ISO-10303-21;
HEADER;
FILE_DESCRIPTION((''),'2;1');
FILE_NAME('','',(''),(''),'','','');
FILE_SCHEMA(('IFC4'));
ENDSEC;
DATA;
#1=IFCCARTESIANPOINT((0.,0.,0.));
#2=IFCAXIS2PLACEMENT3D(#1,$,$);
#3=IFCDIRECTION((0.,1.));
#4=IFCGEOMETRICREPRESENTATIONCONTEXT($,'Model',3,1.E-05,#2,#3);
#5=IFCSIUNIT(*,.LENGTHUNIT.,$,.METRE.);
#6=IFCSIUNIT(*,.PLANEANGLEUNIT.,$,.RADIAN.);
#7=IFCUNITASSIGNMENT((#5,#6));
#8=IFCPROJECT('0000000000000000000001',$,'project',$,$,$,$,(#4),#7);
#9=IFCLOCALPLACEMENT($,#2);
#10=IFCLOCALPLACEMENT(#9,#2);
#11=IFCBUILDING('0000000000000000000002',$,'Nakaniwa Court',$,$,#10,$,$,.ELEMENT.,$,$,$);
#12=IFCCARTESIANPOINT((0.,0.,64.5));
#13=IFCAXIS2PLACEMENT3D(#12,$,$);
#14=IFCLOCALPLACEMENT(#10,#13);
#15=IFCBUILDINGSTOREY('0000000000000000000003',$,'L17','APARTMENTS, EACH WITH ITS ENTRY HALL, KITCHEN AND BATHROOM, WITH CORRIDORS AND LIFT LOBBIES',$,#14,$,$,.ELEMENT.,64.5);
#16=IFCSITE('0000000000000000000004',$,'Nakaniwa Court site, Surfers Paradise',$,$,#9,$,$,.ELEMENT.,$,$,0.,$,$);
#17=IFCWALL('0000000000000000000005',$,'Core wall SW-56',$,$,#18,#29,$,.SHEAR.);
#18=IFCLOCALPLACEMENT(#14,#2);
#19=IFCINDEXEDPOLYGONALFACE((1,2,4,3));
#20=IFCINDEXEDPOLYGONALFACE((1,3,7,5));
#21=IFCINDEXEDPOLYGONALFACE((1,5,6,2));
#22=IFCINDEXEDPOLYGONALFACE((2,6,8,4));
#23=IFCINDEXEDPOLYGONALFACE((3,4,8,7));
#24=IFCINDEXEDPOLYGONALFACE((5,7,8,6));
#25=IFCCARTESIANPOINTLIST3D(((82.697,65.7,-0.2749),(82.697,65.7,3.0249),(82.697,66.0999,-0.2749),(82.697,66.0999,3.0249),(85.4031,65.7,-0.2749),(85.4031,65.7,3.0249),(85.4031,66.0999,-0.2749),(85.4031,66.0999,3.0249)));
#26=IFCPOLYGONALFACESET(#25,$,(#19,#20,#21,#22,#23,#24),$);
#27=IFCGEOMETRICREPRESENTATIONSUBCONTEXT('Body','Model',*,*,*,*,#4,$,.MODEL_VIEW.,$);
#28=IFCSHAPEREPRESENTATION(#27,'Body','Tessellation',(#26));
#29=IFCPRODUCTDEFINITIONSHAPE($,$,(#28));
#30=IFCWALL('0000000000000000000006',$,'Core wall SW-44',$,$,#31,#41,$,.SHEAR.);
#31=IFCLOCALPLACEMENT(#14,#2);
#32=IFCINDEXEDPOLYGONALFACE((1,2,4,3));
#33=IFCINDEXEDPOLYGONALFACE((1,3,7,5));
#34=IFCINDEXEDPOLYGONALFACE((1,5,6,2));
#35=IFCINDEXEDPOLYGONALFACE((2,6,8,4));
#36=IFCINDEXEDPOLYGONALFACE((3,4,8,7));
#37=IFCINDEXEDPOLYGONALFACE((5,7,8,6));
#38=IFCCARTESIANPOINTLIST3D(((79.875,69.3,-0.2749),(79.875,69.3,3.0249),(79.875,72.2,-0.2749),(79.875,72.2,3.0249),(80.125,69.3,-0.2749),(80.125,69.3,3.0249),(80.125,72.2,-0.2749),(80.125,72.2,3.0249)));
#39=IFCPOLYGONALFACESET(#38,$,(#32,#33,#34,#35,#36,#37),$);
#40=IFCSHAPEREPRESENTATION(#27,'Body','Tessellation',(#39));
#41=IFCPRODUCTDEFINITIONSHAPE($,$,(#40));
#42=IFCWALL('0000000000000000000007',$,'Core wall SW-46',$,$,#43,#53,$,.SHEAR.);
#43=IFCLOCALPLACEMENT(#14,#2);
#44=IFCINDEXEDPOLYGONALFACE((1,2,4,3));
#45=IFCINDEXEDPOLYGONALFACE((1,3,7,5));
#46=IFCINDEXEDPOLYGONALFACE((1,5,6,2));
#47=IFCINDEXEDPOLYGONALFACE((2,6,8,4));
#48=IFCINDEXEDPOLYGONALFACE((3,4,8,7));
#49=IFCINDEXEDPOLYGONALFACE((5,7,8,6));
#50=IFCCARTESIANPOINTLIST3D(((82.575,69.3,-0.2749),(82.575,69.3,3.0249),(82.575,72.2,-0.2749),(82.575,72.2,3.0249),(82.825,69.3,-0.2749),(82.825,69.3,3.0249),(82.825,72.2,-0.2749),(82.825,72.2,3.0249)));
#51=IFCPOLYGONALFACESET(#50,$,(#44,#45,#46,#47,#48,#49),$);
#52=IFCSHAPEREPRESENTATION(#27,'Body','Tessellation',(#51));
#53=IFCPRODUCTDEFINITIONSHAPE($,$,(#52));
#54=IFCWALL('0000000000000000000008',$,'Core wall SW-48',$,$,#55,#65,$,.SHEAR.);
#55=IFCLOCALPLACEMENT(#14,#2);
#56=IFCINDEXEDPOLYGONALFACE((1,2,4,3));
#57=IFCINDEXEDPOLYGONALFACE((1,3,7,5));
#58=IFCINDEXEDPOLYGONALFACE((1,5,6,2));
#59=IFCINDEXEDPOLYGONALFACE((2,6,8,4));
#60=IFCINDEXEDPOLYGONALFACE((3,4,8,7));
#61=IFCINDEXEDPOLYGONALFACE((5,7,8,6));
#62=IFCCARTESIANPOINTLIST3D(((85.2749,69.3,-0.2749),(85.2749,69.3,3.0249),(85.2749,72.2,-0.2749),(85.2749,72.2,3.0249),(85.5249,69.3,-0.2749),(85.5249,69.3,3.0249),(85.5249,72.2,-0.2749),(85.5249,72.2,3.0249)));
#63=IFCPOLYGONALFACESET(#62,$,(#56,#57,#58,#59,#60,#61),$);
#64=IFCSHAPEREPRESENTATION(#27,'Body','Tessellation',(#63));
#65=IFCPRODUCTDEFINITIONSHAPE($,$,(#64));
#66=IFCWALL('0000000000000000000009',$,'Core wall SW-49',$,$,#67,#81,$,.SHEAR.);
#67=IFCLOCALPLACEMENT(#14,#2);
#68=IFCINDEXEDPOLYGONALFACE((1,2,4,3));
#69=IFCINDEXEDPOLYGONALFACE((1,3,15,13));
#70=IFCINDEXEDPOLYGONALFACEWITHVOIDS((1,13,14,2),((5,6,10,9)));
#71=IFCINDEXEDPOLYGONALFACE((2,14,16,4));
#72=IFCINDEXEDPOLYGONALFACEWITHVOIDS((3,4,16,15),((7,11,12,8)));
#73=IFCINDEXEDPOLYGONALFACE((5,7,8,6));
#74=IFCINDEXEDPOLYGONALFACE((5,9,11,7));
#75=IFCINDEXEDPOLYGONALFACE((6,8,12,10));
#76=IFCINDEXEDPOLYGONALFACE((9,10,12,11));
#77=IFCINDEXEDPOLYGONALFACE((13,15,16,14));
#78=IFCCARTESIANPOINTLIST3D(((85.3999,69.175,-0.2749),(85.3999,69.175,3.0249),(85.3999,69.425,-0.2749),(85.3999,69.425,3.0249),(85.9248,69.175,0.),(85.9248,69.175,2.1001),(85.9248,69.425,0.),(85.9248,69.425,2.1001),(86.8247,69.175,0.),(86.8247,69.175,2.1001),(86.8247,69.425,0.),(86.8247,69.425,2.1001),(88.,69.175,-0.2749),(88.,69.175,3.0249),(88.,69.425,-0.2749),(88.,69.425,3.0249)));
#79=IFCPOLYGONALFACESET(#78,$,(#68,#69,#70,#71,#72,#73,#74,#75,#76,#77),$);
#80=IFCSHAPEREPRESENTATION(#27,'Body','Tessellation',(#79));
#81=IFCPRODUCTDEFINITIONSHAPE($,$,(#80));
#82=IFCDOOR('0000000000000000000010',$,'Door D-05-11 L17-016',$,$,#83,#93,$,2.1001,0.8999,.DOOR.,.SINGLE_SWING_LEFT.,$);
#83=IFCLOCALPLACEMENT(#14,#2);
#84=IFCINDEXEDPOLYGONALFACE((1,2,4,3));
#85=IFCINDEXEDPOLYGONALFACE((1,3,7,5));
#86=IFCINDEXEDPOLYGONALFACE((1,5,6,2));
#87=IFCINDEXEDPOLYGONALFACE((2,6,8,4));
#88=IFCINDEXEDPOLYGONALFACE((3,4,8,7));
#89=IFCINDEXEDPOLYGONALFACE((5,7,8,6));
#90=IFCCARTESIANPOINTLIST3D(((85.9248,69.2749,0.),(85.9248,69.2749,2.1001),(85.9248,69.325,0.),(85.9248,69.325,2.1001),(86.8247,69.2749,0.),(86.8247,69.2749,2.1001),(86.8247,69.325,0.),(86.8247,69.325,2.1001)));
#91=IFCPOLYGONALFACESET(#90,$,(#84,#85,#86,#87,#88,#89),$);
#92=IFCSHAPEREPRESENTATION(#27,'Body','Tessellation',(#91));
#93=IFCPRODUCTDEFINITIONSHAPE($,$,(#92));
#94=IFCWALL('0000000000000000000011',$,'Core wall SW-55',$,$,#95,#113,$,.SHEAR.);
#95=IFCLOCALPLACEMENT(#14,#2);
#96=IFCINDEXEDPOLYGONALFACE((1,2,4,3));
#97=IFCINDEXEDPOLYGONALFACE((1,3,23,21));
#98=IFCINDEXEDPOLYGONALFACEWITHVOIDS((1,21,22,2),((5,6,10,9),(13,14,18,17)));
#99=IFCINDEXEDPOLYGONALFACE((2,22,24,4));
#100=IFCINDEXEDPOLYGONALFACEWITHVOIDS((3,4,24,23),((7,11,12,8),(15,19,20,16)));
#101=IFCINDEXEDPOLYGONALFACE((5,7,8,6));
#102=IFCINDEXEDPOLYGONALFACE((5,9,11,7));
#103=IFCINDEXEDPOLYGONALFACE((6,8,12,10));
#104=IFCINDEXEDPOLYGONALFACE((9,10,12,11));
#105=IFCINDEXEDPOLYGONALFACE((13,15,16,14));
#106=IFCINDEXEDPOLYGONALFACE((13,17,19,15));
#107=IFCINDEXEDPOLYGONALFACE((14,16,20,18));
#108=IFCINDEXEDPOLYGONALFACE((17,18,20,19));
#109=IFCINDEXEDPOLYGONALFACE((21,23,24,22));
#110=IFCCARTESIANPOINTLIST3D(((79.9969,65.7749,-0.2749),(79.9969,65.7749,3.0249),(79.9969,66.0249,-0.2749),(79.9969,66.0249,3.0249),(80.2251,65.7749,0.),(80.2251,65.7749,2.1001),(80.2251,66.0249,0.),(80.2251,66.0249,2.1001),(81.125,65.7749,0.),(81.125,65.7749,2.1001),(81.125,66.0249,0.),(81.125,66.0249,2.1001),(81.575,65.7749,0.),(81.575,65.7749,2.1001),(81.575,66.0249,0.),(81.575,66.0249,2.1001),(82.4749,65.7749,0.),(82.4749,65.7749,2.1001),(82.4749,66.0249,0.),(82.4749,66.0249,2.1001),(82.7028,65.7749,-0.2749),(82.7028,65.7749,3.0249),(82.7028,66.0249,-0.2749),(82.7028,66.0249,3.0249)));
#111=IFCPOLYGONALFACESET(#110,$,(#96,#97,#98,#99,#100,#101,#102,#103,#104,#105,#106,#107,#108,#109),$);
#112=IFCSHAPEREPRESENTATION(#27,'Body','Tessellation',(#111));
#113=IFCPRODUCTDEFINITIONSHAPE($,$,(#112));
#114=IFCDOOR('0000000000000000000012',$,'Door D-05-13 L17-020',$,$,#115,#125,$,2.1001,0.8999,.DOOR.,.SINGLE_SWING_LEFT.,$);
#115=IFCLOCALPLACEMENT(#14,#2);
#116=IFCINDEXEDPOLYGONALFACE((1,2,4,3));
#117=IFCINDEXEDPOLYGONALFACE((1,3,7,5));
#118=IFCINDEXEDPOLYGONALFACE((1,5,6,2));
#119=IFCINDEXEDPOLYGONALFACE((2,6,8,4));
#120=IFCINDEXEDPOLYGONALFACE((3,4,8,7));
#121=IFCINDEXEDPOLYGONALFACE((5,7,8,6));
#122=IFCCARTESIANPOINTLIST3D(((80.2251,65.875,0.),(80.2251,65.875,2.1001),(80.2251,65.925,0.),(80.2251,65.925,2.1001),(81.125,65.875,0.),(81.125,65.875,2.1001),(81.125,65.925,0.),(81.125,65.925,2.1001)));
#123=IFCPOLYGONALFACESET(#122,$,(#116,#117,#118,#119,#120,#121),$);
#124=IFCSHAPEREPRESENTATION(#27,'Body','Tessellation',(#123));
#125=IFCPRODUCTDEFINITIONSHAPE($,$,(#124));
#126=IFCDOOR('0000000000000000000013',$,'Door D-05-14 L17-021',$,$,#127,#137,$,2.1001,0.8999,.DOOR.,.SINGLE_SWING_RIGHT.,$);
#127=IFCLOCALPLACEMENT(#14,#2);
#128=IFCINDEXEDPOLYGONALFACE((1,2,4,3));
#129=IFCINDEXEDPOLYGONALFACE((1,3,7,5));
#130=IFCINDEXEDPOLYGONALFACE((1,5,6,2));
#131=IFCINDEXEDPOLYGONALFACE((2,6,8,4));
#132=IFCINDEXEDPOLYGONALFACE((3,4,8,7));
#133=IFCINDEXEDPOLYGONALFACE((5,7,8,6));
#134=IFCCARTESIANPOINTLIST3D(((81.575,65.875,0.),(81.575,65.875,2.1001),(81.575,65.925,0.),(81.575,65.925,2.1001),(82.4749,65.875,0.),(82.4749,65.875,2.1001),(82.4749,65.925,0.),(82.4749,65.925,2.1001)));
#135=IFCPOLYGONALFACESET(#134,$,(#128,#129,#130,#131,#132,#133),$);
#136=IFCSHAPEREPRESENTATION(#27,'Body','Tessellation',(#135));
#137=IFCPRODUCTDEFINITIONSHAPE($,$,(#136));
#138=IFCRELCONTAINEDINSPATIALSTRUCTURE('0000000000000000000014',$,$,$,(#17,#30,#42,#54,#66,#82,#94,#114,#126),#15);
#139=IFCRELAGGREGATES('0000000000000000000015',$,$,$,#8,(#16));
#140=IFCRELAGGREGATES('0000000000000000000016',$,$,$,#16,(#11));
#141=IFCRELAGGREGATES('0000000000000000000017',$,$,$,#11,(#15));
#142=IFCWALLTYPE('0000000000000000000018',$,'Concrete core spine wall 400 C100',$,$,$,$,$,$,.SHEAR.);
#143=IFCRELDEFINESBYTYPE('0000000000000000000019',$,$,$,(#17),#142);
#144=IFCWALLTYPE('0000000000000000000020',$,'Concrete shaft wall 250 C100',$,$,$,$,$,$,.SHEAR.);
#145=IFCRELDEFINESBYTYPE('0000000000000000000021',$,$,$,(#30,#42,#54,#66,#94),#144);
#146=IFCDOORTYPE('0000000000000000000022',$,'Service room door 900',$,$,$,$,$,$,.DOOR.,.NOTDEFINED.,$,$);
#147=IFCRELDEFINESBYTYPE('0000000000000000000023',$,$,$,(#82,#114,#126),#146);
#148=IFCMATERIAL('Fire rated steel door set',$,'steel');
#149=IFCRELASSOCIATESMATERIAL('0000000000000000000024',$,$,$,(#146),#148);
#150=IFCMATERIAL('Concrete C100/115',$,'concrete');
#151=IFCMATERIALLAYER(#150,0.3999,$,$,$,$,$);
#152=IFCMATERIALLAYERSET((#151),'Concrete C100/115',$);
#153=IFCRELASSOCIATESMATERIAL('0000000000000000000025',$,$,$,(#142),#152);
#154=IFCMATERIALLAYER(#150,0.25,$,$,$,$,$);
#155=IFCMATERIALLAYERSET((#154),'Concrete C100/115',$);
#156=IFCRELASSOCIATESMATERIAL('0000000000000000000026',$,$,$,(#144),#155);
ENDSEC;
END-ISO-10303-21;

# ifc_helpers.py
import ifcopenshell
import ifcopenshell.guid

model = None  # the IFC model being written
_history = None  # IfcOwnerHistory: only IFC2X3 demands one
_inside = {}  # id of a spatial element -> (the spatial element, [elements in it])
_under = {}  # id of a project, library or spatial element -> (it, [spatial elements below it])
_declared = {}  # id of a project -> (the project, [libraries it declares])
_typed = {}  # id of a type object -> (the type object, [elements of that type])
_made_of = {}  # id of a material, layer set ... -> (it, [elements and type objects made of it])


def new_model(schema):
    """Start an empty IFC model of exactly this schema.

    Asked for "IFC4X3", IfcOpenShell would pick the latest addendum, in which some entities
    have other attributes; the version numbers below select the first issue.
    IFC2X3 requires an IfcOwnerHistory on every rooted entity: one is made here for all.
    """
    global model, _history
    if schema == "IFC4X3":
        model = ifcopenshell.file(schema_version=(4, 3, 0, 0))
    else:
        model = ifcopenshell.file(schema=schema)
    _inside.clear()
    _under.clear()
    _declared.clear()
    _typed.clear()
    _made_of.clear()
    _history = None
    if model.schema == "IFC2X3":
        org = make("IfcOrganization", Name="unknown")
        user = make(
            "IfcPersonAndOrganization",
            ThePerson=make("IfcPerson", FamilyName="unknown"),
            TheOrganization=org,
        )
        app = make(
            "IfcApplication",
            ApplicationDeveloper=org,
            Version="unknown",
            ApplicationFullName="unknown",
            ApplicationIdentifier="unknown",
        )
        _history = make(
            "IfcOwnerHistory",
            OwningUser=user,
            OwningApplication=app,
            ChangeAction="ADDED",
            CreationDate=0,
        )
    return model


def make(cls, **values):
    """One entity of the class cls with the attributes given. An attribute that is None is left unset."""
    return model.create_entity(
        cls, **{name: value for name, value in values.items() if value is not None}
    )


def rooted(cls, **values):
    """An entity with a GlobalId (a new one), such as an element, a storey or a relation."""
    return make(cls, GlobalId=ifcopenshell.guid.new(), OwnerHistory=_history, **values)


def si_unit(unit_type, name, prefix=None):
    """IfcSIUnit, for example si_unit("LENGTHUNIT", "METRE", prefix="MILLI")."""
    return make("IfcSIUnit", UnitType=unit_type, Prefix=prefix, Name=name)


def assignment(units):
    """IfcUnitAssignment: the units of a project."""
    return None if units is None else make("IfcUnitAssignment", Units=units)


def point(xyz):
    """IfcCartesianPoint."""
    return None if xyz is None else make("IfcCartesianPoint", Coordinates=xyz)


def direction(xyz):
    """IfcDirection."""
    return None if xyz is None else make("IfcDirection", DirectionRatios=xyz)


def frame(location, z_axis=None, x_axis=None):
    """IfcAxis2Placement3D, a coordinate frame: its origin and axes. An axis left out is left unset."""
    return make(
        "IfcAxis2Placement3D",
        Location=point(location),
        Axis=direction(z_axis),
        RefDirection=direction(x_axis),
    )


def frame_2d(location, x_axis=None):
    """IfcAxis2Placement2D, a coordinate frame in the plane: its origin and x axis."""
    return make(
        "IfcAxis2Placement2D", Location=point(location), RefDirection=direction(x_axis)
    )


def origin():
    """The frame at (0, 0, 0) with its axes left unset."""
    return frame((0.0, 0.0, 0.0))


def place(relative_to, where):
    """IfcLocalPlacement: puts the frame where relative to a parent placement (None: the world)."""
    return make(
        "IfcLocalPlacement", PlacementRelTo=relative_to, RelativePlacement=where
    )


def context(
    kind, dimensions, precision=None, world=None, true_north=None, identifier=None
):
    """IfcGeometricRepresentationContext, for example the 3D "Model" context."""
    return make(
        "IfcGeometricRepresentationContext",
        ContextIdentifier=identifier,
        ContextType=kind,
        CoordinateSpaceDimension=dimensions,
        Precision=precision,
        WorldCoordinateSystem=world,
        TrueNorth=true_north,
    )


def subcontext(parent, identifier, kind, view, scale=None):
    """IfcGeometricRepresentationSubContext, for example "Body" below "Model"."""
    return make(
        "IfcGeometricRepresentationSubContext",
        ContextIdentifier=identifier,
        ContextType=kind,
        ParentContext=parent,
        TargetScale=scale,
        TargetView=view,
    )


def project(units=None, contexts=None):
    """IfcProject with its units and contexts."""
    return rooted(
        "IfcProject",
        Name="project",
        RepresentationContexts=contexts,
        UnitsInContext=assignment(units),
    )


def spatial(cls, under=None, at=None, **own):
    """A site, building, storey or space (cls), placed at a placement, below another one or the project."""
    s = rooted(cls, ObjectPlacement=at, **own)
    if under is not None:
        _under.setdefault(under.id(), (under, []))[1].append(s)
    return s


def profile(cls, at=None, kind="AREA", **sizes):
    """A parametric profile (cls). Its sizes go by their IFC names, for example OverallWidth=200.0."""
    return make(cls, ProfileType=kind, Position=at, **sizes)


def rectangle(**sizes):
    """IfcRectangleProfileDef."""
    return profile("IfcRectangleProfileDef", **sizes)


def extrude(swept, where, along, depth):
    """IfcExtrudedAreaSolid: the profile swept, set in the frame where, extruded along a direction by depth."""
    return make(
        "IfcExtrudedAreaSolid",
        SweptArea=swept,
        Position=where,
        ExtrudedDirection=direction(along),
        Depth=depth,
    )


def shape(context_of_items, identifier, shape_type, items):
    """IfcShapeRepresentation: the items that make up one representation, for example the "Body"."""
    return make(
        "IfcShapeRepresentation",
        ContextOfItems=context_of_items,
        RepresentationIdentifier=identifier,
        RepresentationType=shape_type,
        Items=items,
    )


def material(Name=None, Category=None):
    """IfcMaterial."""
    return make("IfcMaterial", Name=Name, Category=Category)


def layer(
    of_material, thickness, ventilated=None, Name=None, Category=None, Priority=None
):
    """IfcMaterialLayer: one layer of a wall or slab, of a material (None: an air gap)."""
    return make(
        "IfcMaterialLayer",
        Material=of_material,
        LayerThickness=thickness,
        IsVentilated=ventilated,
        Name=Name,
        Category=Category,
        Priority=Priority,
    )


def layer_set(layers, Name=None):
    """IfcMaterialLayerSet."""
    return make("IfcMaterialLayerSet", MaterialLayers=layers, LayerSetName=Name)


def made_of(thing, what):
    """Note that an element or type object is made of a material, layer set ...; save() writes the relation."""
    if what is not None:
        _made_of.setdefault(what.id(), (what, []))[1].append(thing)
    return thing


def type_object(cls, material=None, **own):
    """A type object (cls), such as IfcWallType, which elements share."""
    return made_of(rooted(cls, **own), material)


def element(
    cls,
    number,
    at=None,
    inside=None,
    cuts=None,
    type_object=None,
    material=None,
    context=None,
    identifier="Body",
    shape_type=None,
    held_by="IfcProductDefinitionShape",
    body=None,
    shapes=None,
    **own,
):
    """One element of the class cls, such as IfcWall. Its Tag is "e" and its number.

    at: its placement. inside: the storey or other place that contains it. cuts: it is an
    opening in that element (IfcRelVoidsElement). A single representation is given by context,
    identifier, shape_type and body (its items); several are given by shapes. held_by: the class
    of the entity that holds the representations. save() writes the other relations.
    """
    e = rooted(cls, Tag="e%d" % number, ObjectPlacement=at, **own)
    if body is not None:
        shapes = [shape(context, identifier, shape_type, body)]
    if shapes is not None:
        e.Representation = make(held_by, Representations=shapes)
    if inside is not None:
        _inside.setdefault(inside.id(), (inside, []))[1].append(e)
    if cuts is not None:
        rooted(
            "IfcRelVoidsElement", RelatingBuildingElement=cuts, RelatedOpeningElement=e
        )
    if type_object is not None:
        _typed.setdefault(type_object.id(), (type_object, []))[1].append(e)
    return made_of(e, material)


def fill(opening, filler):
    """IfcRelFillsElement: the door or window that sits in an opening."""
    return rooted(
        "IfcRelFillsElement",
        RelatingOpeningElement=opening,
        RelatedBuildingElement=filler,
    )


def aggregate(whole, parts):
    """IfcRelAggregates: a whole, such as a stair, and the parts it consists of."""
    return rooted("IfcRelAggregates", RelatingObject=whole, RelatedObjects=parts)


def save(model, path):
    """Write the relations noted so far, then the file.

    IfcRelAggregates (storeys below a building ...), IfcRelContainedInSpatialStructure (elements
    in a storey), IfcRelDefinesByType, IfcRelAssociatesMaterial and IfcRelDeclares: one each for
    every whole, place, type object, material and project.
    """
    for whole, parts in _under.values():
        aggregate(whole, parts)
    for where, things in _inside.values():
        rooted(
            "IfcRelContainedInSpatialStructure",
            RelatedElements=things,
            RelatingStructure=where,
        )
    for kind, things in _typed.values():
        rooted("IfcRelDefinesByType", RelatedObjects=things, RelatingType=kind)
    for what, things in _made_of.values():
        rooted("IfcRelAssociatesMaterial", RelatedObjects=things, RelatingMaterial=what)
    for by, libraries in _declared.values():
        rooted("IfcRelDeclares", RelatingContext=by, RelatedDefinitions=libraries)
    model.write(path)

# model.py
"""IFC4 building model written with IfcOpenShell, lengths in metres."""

from ifc_helpers import new_model, si_unit, direction, frame, frame_2d, origin, place, context, subcontext, project, spatial, rectangle, extrude, material, layer, layer_set, type_object, element, fill, save


model = new_model("IFC4")

# Units and contexts
model_context = context("Model", 3, precision=1e-05, world=origin(), true_north=direction((0.0, 1.0)))
body_context = subcontext(model_context, "Body", "Model", "MODEL_VIEW")
ifc_project = project(units=[si_unit("LENGTHUNIT", "METRE"), si_unit("PLANEANGLEUNIT", "RADIAN")], contexts=[model_context])

# Site, building, storey
site_placement = place(None, origin())
site = spatial("IfcSite", under=ifc_project, at=site_placement, Name="Nakaniwa Court site, Surfers Paradise", CompositionType="ELEMENT", RefElevation=0.0)
building_placement = place(site_placement, origin())
building = spatial("IfcBuilding", under=site, at=building_placement, Name="Nakaniwa Court", CompositionType="ELEMENT")
storey_placement = place(building_placement, frame((0.0, 0.0, 64.5)))
storey = spatial("IfcBuildingStorey", under=building, at=storey_placement, Name="L17", Description="APARTMENTS, EACH WITH ITS ENTRY HALL, KITCHEN AND BATHROOM, WITH CORRIDORS AND LIFT LOBBIES", CompositionType="ELEMENT", Elevation=64.5)

# Shared definitions
ifc_material_1 = material(Name="Concrete C100/115", Category="concrete")

# Shared definitions
ifc_material_2 = material(Name="Fire rated steel door set", Category="steel")
door_type_1 = type_object("IfcDoorType", Name="Service room door 900", OperationType="NOTDEFINED", PredefinedType="DOOR", material=ifc_material_2)

# Walls
ifc_layer_1 = layer(ifc_material_1, 0.3999)
ifc_layer_set_1 = layer_set([ifc_layer_1], Name="Concrete C100/115")
wall_type_1 = type_object("IfcWallType", Name="Concrete core spine wall 400 C100", PredefinedType="SHEAR", material=ifc_layer_set_1)
wall_1_placement = place(storey_placement, frame((82.697, 65.8999, -0.2749), z_axis=(0.0, 0.0, 1.0), x_axis=(1.0, 0.0, 0.0)))
element("IfcWall", 1, at=wall_1_placement, inside=storey, type_object=wall_type_1, Name="Core wall SW-56", PredefinedType="SHEAR", context=body_context, shape_type="SweptSolid", body=[
    extrude(rectangle(XDim=2.7061, YDim=0.3999, at=frame_2d((1.353, 0.0))), origin(), (0.0, 0.0, 1.0), 3.2998),
])
ifc_layer_2 = layer(ifc_material_1, 0.25)
ifc_layer_set_2 = layer_set([ifc_layer_2], Name="Concrete C100/115")
wall_type_2 = type_object("IfcWallType", Name="Concrete shaft wall 250 C100", PredefinedType="SHEAR", material=ifc_layer_set_2)
for number, where, z_axis, x_axis, name in (
    (2, (80.0, 69.3, -0.2749), (0.0, 0.0, 1.0), (0.0, 1.0, 0.0), "Core wall SW-44"),
    (3, (82.7, 69.3, -0.2749), (0.0, 0.0, 1.0), (0.0, 1.0, 0.0), "Core wall SW-46"),
    (4, (85.3999, 69.3, -0.2749), (0.0, 0.0, 1.0), (0.0, 1.0, 0.0), "Core wall SW-48"),
):
    element("IfcWall", number, at=place(storey_placement, frame(where, z_axis=z_axis, x_axis=x_axis)), inside=storey, type_object=wall_type_2, Name=name, PredefinedType="SHEAR", context=body_context, shape_type="SweptSolid", body=[
        extrude(rectangle(XDim=2.8999, YDim=0.25, at=frame_2d((1.45, 0.0))), origin(), (0.0, 0.0, 1.0), 3.2998),
    ])

# Wall, opening, door
wall_2_placement = place(storey_placement, frame((85.3999, 69.3, -0.2749), z_axis=(0.0, 0.0, 1.0), x_axis=(1.0, 0.0, 0.0)))
wall_2 = element("IfcWall", 5, at=wall_2_placement, inside=storey, type_object=wall_type_2, Name="Core wall SW-49", PredefinedType="SHEAR", context=body_context, shape_type="SweptSolid", body=[
    extrude(rectangle(XDim=2.6001, YDim=0.25, at=frame_2d((1.3, 0.0))), origin(), (0.0, 0.0, 1.0), 3.2998),
])
opening_1_placement = place(wall_2_placement, frame((0.5249, 0.0, 0.2749)))
opening_1 = element("IfcOpeningElement", 6, at=opening_1_placement, cuts=wall_2, PredefinedType="OPENING", context=body_context, shape_type="SweptSolid", body=[
    extrude(rectangle(XDim=0.8999, YDim=2.1001, at=frame_2d((0.45, 1.05))), frame((0.0, 0.135, 0.0), z_axis=(0.0, -1.0, 0.0), x_axis=(1.0, 0.0, 0.0)), (0.0, 0.0, 1.0), 0.27),
])
door_1_placement = place(opening_1_placement, origin())
door_1 = element("IfcDoor", 7, at=door_1_placement, inside=storey, type_object=door_type_1, Name="Door D-05-11 L17-016", OperationType="SINGLE_SWING_LEFT", OverallHeight=2.1001, OverallWidth=0.8999, PredefinedType="DOOR", context=body_context, shape_type="SweptSolid", body=[
    extrude(rectangle(XDim=0.8999, YDim=2.1001, at=frame_2d((0.45, 1.05))), frame((0.0, 0.0249, 0.0), z_axis=(0.0, -1.0, 0.0), x_axis=(1.0, 0.0, 0.0)), (0.0, 0.0, 1.0), 0.05),
])
fill(opening_1, door_1)

# Wall, openings, doors
wall_3_placement = place(storey_placement, frame((82.7029, 65.8999, -0.2749), z_axis=(0.0, 0.0, 1.0), x_axis=(-1.0, 0.0, 0.0)))
wall_3 = element("IfcWall", 8, at=wall_3_placement, inside=storey, type_object=wall_type_2, Name="Core wall SW-55", PredefinedType="SHEAR", context=body_context, shape_type="SweptSolid", body=[
    extrude(rectangle(XDim=2.7058, YDim=0.25, at=frame_2d((1.353, 0.0))), origin(), (0.0, 0.0, 1.0), 3.2998),
])
opening_2_placement = place(wall_3_placement, frame((1.5779, 0.0, 0.2749)))
opening_2 = element("IfcOpeningElement", 9, at=opening_2_placement, cuts=wall_3, PredefinedType="OPENING", context=body_context, shape_type="SweptSolid", body=[
    extrude(rectangle(XDim=0.8999, YDim=2.1001, at=frame_2d((0.45, 1.05))), frame((0.0, 0.135, 0.0), z_axis=(0.0, -1.0, 0.0), x_axis=(1.0, 0.0, 0.0)), (0.0, 0.0, 1.0), 0.27),
])
opening_3_placement = place(wall_3_placement, frame((0.228, 0.0, 0.2749)))
opening_3 = element("IfcOpeningElement", 10, at=opening_3_placement, cuts=wall_3, PredefinedType="OPENING", context=body_context, shape_type="SweptSolid", body=[
    extrude(rectangle(XDim=0.8999, YDim=2.1001, at=frame_2d((0.45, 1.05))), frame((0.0, 0.135, 0.0), z_axis=(0.0, -1.0, 0.0), x_axis=(1.0, 0.0, 0.0)), (0.0, 0.0, 1.0), 0.27),
])
door_2_placement = place(opening_2_placement, origin())
door_2 = element("IfcDoor", 11, at=door_2_placement, inside=storey, type_object=door_type_1, Name="Door D-05-13 L17-020", OperationType="SINGLE_SWING_LEFT", OverallHeight=2.1001, OverallWidth=0.8999, PredefinedType="DOOR", context=body_context, shape_type="SweptSolid", body=[
    extrude(rectangle(XDim=0.8999, YDim=2.1001, at=frame_2d((0.45, 1.05))), frame((0.0, 0.0249, 0.0), z_axis=(0.0, -1.0, 0.0), x_axis=(1.0, 0.0, 0.0)), (0.0, 0.0, 1.0), 0.05),
])
fill(opening_2, door_2)
door_3_placement = place(opening_3_placement, origin())
door_3 = element("IfcDoor", 12, at=door_3_placement, inside=storey, type_object=door_type_1, Name="Door D-05-14 L17-021", OperationType="SINGLE_SWING_RIGHT", OverallHeight=2.1001, OverallWidth=0.8999, PredefinedType="DOOR", context=body_context, shape_type="SweptSolid", body=[
    extrude(rectangle(XDim=0.8999, YDim=2.1001, at=frame_2d((0.45, 1.05))), frame((0.0, 0.0249, 0.0), z_axis=(0.0, -1.0, 0.0), x_axis=(1.0, 0.0, 0.0)), (0.0, 0.0, 1.0), 0.05),
])
fill(opening_3, door_3)

save(model, "model.ifc")
